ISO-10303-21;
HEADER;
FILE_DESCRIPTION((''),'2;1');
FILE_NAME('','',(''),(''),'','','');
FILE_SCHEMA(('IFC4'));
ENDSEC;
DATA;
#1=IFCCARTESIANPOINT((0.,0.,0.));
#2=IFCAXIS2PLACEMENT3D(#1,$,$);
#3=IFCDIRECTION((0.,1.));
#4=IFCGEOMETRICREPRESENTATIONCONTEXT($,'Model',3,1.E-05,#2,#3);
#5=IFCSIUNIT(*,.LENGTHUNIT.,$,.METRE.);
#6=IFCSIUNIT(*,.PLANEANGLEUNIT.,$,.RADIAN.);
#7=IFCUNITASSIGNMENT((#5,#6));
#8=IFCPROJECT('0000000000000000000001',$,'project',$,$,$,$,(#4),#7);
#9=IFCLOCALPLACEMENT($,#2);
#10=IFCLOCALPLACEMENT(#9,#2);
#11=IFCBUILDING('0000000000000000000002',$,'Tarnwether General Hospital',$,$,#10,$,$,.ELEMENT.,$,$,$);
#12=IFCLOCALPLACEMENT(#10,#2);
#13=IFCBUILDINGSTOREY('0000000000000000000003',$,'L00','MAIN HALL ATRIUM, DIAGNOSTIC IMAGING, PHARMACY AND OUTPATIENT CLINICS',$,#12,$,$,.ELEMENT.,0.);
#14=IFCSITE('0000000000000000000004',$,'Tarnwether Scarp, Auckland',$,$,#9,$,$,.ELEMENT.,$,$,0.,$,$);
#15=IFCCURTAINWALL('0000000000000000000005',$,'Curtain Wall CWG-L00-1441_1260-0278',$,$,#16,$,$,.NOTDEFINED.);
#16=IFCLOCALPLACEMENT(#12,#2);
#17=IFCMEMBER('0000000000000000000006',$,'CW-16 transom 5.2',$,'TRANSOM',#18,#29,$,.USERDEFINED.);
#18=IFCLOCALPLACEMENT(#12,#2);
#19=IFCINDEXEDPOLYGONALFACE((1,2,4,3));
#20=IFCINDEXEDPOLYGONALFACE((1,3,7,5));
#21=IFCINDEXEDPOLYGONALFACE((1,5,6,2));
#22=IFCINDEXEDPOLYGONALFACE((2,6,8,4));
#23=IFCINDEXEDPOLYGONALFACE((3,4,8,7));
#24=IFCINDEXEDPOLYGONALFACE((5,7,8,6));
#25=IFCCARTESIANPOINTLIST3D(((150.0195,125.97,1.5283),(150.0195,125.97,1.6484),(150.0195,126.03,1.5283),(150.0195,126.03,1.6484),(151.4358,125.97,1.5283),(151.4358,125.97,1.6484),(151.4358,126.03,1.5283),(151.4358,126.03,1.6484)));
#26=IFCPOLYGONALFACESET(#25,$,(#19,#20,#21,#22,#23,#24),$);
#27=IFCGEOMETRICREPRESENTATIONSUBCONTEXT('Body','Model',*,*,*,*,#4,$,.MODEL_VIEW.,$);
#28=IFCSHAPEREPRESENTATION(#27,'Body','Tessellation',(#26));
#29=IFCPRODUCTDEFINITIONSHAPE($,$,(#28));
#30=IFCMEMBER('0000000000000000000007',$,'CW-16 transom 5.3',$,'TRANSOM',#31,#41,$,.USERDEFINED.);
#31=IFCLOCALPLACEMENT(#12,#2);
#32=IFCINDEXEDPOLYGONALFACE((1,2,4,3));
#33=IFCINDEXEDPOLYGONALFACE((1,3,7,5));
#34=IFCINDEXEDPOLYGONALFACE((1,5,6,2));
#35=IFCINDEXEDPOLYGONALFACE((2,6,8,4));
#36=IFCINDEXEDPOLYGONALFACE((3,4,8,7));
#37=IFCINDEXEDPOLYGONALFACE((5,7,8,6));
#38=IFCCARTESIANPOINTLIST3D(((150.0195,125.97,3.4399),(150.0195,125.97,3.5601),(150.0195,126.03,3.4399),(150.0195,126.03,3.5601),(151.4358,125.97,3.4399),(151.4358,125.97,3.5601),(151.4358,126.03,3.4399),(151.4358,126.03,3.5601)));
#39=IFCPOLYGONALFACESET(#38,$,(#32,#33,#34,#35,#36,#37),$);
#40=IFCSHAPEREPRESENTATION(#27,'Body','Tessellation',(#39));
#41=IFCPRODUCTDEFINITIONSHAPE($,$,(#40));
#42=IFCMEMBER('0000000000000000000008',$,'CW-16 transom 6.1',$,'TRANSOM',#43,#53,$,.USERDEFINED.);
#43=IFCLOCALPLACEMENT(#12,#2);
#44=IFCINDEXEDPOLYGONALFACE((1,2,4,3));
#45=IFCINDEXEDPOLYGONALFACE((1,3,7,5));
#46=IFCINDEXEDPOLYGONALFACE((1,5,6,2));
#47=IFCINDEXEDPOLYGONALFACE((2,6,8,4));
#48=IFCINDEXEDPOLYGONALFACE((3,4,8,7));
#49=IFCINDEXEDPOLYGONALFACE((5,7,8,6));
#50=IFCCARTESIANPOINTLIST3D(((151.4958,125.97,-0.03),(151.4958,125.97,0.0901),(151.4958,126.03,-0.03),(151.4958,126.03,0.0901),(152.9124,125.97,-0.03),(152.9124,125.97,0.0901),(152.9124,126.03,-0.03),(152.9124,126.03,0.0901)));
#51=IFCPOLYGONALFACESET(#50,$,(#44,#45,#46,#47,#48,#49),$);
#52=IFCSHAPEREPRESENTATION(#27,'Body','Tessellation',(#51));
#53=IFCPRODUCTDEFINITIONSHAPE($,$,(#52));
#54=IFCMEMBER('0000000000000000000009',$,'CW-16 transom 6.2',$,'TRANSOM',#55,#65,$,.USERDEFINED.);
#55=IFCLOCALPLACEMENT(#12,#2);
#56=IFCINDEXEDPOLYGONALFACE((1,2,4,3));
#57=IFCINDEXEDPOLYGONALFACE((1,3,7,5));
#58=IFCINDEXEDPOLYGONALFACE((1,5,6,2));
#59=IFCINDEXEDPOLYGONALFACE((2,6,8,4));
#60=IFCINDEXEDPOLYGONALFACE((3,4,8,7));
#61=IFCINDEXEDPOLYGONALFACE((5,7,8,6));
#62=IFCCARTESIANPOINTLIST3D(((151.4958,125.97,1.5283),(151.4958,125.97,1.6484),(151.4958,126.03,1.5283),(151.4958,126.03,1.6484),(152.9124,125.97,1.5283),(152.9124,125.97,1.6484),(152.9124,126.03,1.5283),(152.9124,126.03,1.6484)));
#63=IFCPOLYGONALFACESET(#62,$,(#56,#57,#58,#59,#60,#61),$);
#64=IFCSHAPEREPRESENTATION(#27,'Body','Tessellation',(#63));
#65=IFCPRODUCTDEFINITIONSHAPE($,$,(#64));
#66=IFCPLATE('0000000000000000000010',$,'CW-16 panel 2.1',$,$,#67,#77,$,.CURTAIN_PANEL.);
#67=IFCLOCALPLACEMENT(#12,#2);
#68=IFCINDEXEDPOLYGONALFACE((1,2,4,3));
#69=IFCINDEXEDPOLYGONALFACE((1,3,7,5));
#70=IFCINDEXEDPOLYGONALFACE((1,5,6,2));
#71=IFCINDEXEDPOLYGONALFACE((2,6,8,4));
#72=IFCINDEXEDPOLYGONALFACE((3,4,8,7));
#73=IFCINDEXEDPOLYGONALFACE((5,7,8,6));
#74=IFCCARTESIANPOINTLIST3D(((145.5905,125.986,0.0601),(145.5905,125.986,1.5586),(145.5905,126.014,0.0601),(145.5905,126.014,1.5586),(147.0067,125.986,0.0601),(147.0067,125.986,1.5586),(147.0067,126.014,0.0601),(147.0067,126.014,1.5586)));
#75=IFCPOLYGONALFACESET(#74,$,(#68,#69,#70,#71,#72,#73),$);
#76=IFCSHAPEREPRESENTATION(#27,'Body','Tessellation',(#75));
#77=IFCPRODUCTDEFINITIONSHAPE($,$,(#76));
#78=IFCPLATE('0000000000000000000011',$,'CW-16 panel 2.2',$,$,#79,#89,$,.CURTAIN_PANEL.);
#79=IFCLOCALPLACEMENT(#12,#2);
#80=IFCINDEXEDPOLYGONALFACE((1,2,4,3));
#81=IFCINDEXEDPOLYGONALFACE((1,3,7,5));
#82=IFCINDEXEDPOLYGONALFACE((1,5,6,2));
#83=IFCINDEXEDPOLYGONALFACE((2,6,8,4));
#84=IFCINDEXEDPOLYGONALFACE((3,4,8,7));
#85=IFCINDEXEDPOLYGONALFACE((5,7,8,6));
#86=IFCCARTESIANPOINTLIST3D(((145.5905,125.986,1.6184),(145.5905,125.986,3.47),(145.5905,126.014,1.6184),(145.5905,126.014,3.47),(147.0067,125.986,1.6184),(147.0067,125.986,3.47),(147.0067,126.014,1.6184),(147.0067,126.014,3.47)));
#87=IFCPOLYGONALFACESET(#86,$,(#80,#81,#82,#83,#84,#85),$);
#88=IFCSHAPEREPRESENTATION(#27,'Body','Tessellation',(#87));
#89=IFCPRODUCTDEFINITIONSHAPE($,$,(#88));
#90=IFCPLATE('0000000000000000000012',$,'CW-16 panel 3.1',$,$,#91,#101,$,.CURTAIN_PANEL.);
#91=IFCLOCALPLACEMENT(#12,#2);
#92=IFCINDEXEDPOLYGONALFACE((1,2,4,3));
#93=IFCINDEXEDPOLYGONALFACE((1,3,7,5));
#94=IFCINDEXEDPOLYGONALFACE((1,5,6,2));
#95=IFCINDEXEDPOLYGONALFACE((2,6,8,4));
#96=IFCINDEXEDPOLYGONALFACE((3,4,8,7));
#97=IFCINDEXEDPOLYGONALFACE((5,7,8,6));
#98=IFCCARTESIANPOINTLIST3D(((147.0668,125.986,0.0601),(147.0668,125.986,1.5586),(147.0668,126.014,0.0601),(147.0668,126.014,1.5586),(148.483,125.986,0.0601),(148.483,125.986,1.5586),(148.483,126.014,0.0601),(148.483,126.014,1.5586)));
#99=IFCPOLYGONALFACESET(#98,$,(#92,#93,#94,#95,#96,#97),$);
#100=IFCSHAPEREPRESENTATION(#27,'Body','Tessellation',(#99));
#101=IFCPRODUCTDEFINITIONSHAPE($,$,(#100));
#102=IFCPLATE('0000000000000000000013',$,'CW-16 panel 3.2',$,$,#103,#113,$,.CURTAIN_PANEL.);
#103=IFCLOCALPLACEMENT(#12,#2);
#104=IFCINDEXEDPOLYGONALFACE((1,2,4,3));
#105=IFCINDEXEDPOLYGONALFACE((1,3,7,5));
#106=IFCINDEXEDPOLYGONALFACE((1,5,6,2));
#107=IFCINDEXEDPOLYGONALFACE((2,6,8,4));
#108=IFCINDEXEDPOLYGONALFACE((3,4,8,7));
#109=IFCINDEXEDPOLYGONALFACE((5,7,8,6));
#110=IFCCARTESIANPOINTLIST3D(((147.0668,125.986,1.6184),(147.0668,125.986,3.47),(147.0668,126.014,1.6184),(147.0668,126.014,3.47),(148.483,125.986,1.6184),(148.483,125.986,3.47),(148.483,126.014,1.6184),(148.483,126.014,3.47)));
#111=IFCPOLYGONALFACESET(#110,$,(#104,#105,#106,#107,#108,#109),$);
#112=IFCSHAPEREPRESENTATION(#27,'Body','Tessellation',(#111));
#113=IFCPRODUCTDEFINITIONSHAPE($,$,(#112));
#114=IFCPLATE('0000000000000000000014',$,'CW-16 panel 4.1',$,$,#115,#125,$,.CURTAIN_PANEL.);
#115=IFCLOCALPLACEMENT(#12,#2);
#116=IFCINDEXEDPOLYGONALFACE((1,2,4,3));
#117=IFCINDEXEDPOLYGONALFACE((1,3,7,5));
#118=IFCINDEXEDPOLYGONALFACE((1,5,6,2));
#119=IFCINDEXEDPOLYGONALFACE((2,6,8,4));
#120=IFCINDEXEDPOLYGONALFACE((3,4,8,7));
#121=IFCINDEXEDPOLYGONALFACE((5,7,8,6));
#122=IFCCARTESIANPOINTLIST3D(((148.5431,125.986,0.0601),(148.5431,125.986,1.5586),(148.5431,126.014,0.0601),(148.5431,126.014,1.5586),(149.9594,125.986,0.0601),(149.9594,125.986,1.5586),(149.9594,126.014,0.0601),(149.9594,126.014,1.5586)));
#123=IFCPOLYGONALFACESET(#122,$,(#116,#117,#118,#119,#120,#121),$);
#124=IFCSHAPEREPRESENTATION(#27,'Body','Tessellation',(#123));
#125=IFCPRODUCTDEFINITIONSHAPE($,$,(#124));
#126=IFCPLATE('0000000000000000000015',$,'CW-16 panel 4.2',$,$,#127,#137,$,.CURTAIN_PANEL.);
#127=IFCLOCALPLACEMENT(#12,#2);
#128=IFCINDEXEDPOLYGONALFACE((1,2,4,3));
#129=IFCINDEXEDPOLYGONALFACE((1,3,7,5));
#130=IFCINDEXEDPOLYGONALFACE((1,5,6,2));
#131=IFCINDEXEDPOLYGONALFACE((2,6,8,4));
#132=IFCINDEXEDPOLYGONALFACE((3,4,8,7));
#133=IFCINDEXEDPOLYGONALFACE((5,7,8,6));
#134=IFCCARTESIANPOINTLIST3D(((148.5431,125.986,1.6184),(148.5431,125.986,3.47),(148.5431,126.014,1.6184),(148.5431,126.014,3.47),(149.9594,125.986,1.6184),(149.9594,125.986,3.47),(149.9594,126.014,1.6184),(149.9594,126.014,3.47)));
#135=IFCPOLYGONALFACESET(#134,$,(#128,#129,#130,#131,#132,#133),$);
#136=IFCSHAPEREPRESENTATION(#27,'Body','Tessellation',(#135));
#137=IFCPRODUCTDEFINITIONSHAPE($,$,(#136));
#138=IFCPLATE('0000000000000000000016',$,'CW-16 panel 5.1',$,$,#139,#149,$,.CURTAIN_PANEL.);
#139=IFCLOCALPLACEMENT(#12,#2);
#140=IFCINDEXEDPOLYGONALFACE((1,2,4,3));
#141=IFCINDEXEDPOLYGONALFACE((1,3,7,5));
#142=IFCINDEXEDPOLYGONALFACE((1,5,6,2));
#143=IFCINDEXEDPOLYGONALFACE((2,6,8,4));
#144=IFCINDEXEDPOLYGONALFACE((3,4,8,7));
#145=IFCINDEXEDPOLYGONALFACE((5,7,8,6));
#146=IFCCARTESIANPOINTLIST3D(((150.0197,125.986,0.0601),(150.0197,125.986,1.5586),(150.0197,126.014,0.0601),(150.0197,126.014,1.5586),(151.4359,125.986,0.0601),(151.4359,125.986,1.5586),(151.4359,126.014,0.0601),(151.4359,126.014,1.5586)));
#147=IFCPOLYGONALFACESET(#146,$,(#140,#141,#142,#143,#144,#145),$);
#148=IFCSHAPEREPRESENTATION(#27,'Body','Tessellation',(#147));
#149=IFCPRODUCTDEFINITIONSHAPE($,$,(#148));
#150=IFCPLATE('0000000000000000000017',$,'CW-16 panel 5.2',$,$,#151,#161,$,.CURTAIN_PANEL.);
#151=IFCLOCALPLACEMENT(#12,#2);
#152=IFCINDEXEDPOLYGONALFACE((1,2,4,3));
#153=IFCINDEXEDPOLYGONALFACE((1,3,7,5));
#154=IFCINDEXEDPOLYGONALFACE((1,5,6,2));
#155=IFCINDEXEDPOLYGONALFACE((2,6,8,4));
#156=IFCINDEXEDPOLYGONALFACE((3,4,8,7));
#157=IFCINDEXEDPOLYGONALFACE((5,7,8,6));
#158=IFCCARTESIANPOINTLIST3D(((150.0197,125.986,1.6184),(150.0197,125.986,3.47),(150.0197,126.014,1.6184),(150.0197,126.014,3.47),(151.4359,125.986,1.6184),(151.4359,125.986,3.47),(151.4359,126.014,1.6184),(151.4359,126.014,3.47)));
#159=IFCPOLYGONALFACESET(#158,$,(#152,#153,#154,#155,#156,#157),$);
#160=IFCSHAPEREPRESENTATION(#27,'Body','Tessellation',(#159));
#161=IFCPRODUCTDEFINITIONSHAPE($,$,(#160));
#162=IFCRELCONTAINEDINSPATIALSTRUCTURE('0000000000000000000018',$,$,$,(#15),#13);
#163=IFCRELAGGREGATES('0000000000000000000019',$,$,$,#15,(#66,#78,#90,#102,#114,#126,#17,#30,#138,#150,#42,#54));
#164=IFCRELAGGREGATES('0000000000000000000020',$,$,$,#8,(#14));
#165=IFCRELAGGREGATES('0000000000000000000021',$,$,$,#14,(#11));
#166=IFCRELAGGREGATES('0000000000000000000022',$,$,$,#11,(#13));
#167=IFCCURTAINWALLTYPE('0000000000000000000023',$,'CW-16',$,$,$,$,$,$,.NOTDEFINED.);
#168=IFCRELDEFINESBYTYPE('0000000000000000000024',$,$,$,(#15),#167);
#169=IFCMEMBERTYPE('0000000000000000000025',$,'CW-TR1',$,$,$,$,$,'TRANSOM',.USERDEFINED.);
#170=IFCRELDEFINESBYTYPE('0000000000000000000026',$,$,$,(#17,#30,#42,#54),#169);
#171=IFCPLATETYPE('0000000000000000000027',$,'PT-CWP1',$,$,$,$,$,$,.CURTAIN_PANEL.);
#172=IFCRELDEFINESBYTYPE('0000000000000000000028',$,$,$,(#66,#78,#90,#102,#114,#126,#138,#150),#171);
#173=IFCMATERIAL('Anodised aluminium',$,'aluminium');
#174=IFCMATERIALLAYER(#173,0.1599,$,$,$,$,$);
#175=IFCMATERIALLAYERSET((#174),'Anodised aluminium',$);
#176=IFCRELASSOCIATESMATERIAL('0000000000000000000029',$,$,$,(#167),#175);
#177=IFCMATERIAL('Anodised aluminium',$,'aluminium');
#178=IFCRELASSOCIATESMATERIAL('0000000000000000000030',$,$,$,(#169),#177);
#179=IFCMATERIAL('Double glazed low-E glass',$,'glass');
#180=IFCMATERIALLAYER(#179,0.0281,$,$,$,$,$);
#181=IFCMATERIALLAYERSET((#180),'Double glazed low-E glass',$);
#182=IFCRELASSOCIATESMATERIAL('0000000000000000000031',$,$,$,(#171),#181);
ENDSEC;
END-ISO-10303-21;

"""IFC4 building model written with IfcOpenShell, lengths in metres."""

from ifc_helpers import new_model, si_unit, direction, frame, origin, origin_2d, place, context, subcontext, project, spatial, rectangle, extrude, material, layer, layer_set, material_profile, profile_set, type_object, element, aggregate, save


model = new_model("IFC4")

# Units and contexts
model_context = context("Model", 3, precision=1e-05, world=origin(), true_north=direction((0.0, 1.0)))
body_context = subcontext(model_context, "Body", "Model", "MODEL_VIEW")
ifc_project = project(units=[si_unit("LENGTHUNIT", "METRE"), si_unit("PLANEANGLEUNIT", "RADIAN")], contexts=[model_context])

# Site, building, storey
site_placement = place(None, origin())
site = spatial("IfcSite", under=ifc_project, at=site_placement, Name="Tarnwether Scarp, Auckland", CompositionType="ELEMENT", RefElevation=0.0)
building_placement = place(site_placement, origin())
building = spatial("IfcBuilding", under=site, at=building_placement, Name="Tarnwether General Hospital", CompositionType="ELEMENT")
storey_placement = place(building_placement, origin())
storey = spatial("IfcBuildingStorey", under=building, at=storey_placement, Name="L00", Description="MAIN HALL ATRIUM, DIAGNOSTIC IMAGING, PHARMACY AND OUTPATIENT CLINICS", CompositionType="ELEMENT", Elevation=0.0)

# Curtain wall, members, plates
ifc_material_1 = material(Name="Anodised aluminium", Category="aluminium")
ifc_layer_1 = layer(ifc_material_1, 0.1599)
ifc_layer_set_1 = layer_set([ifc_layer_1], Name="Anodised aluminium")
curtain_wall_type = type_object("IfcCurtainWallType", Name="CW-16", PredefinedType="NOTDEFINED", material=ifc_layer_set_1)
curtain_wall_placement = place(storey_placement, origin())
curtain_wall = element("IfcCurtainWall", 1, at=curtain_wall_placement, inside=storey, type_object=curtain_wall_type, Name="Curtain Wall CWG-L00-1441_1260-0278", PredefinedType="NOTDEFINED")
ifc_material_2 = material(Name="Anodised aluminium", Category="aluminium")
ifc_material_profile_1 = material_profile(ifc_material_2, rectangle(XDim=0.0601, YDim=0.1201, at=origin_2d()), Name="ALU-TRN-60x120")
ifc_profile_set_1 = profile_set([ifc_material_profile_1], Name="Anodised aluminium")
member_type_1 = type_object("IfcMemberType", Name="CW-TR1", ElementType="TRANSOM", PredefinedType="USERDEFINED", material=ifc_profile_set_1)
member_1_placement = place(storey_placement, frame((150.0195, 126.0, 1.5884), z_axis=(1.0, 0.0, 0.0), x_axis=(0.0, 1.0, 0.0)))
member_1 = element("IfcMember", 2, at=member_1_placement, type_object=member_type_1, Name="CW-16 transom 5.2", ObjectType="TRANSOM", PredefinedType="USERDEFINED", context=body_context, shape_type="SweptSolid", body=[
    extrude(rectangle(XDim=0.0601, YDim=0.1201, at=origin_2d()), origin(), (0.0, 0.0, 1.0), 1.4163),
])
member_2_placement = place(storey_placement, frame((150.0195, 126.0, 3.5), z_axis=(1.0, 0.0, 0.0), x_axis=(0.0, 1.0, 0.0)))
member_2 = element("IfcMember", 3, at=member_2_placement, type_object=member_type_1, Name="CW-16 transom 5.3", ObjectType="TRANSOM", PredefinedType="USERDEFINED", context=body_context, shape_type="SweptSolid", body=[
    extrude(rectangle(XDim=0.0601, YDim=0.1201, at=origin_2d()), origin(), (0.0, 0.0, 1.0), 1.4163),
])
member_3_placement = place(storey_placement, frame((151.4958, 126.0, 0.03), z_axis=(1.0, 0.0, 0.0), x_axis=(0.0, 1.0, 0.0)))
member_3 = element("IfcMember", 4, at=member_3_placement, type_object=member_type_1, Name="CW-16 transom 6.1", ObjectType="TRANSOM", PredefinedType="USERDEFINED", context=body_context, shape_type="SweptSolid", body=[
    extrude(rectangle(XDim=0.0601, YDim=0.1201, at=origin_2d()), origin(), (0.0, 0.0, 1.0), 1.4165),
])
member_4_placement = place(storey_placement, frame((151.4958, 126.0, 1.5884), z_axis=(1.0, 0.0, 0.0), x_axis=(0.0, 1.0, 0.0)))
member_4 = element("IfcMember", 5, at=member_4_placement, type_object=member_type_1, Name="CW-16 transom 6.2", ObjectType="TRANSOM", PredefinedType="USERDEFINED", context=body_context, shape_type="SweptSolid", body=[
    extrude(rectangle(XDim=0.0601, YDim=0.1201, at=origin_2d()), origin(), (0.0, 0.0, 1.0), 1.4165),
])
ifc_material_3 = material(Name="Double glazed low-E glass", Category="glass")
ifc_layer_2 = layer(ifc_material_3, 0.0281)
ifc_layer_set_2 = layer_set([ifc_layer_2], Name="Double glazed low-E glass")
plate_type = type_object("IfcPlateType", Name="PT-CWP1", PredefinedType="CURTAIN_PANEL", material=ifc_layer_set_2)
plate_1_placement = place(storey_placement, frame((146.2986, 126.0, 0.0601), z_axis=(0.0, 0.0, 1.0), x_axis=(1.0, 0.0, 0.0)))
plate_1 = element("IfcPlate", 6, at=plate_1_placement, type_object=plate_type, Name="CW-16 panel 2.1", PredefinedType="CURTAIN_PANEL", context=body_context, shape_type="SweptSolid", body=[
    extrude(rectangle(XDim=1.4163, YDim=0.0281, at=origin_2d()), origin(), (0.0, 0.0, 1.0), 1.4985),
])
plate_2_placement = place(storey_placement, frame((146.2986, 126.0, 1.6184), z_axis=(0.0, 0.0, 1.0), x_axis=(1.0, 0.0, 0.0)))
plate_2 = element("IfcPlate", 7, at=plate_2_placement, type_object=plate_type, Name="CW-16 panel 2.2", PredefinedType="CURTAIN_PANEL", context=body_context, shape_type="SweptSolid", body=[
    extrude(rectangle(XDim=1.4163, YDim=0.0281, at=origin_2d()), origin(), (0.0, 0.0, 1.0), 1.8516),
])
plate_3_placement = place(storey_placement, frame((147.7749, 126.0, 0.0601), z_axis=(0.0, 0.0, 1.0), x_axis=(1.0, 0.0, 0.0)))
plate_3 = element("IfcPlate", 8, at=plate_3_placement, type_object=plate_type, Name="CW-16 panel 3.1", PredefinedType="CURTAIN_PANEL", context=body_context, shape_type="SweptSolid", body=[
    extrude(rectangle(XDim=1.4163, YDim=0.0281, at=origin_2d()), origin(), (0.0, 0.0, 1.0), 1.4985),
])
plate_4_placement = place(storey_placement, frame((147.7749, 126.0, 1.6184), z_axis=(0.0, 0.0, 1.0), x_axis=(1.0, 0.0, 0.0)))
plate_4 = element("IfcPlate", 9, at=plate_4_placement, type_object=plate_type, Name="CW-16 panel 3.2", PredefinedType="CURTAIN_PANEL", context=body_context, shape_type="SweptSolid", body=[
    extrude(rectangle(XDim=1.4163, YDim=0.0281, at=origin_2d()), origin(), (0.0, 0.0, 1.0), 1.8516),
])
plate_5_placement = place(storey_placement, frame((149.2512, 126.0, 0.0601), z_axis=(0.0, 0.0, 1.0), x_axis=(1.0, 0.0, 0.0)))
plate_5 = element("IfcPlate", 10, at=plate_5_placement, type_object=plate_type, Name="CW-16 panel 4.1", PredefinedType="CURTAIN_PANEL", context=body_context, shape_type="SweptSolid", body=[
    extrude(rectangle(XDim=1.4163, YDim=0.0281, at=origin_2d()), origin(), (0.0, 0.0, 1.0), 1.4985),
])
plate_6_placement = place(storey_placement, frame((149.2512, 126.0, 1.6184), z_axis=(0.0, 0.0, 1.0), x_axis=(1.0, 0.0, 0.0)))
plate_6 = element("IfcPlate", 11, at=plate_6_placement, type_object=plate_type, Name="CW-16 panel 4.2", PredefinedType="CURTAIN_PANEL", context=body_context, shape_type="SweptSolid", body=[
    extrude(rectangle(XDim=1.4163, YDim=0.0281, at=origin_2d()), origin(), (0.0, 0.0, 1.0), 1.8516),
])
plate_7_placement = place(storey_placement, frame((150.7278, 126.0, 0.0601), z_axis=(0.0, 0.0, 1.0), x_axis=(1.0, 0.0, 0.0)))
plate_7 = element("IfcPlate", 12, at=plate_7_placement, type_object=plate_type, Name="CW-16 panel 5.1", PredefinedType="CURTAIN_PANEL", context=body_context, shape_type="SweptSolid", body=[
    extrude(rectangle(XDim=1.4163, YDim=0.0281, at=origin_2d()), origin(), (0.0, 0.0, 1.0), 1.4985),
])
plate_8_placement = place(storey_placement, frame((150.7278, 126.0, 1.6184), z_axis=(0.0, 0.0, 1.0), x_axis=(1.0, 0.0, 0.0)))
plate_8 = element("IfcPlate", 13, at=plate_8_placement, type_object=plate_type, Name="CW-16 panel 5.2", PredefinedType="CURTAIN_PANEL", context=body_context, shape_type="SweptSolid", body=[
    extrude(rectangle(XDim=1.4163, YDim=0.0281, at=origin_2d()), origin(), (0.0, 0.0, 1.0), 1.8516),
])
aggregate(curtain_wall, [plate_1, plate_2, plate_3, plate_4, plate_5, plate_6, member_1, member_2, plate_7, plate_8, member_3, member_4])

save(model, "model.ifc")
